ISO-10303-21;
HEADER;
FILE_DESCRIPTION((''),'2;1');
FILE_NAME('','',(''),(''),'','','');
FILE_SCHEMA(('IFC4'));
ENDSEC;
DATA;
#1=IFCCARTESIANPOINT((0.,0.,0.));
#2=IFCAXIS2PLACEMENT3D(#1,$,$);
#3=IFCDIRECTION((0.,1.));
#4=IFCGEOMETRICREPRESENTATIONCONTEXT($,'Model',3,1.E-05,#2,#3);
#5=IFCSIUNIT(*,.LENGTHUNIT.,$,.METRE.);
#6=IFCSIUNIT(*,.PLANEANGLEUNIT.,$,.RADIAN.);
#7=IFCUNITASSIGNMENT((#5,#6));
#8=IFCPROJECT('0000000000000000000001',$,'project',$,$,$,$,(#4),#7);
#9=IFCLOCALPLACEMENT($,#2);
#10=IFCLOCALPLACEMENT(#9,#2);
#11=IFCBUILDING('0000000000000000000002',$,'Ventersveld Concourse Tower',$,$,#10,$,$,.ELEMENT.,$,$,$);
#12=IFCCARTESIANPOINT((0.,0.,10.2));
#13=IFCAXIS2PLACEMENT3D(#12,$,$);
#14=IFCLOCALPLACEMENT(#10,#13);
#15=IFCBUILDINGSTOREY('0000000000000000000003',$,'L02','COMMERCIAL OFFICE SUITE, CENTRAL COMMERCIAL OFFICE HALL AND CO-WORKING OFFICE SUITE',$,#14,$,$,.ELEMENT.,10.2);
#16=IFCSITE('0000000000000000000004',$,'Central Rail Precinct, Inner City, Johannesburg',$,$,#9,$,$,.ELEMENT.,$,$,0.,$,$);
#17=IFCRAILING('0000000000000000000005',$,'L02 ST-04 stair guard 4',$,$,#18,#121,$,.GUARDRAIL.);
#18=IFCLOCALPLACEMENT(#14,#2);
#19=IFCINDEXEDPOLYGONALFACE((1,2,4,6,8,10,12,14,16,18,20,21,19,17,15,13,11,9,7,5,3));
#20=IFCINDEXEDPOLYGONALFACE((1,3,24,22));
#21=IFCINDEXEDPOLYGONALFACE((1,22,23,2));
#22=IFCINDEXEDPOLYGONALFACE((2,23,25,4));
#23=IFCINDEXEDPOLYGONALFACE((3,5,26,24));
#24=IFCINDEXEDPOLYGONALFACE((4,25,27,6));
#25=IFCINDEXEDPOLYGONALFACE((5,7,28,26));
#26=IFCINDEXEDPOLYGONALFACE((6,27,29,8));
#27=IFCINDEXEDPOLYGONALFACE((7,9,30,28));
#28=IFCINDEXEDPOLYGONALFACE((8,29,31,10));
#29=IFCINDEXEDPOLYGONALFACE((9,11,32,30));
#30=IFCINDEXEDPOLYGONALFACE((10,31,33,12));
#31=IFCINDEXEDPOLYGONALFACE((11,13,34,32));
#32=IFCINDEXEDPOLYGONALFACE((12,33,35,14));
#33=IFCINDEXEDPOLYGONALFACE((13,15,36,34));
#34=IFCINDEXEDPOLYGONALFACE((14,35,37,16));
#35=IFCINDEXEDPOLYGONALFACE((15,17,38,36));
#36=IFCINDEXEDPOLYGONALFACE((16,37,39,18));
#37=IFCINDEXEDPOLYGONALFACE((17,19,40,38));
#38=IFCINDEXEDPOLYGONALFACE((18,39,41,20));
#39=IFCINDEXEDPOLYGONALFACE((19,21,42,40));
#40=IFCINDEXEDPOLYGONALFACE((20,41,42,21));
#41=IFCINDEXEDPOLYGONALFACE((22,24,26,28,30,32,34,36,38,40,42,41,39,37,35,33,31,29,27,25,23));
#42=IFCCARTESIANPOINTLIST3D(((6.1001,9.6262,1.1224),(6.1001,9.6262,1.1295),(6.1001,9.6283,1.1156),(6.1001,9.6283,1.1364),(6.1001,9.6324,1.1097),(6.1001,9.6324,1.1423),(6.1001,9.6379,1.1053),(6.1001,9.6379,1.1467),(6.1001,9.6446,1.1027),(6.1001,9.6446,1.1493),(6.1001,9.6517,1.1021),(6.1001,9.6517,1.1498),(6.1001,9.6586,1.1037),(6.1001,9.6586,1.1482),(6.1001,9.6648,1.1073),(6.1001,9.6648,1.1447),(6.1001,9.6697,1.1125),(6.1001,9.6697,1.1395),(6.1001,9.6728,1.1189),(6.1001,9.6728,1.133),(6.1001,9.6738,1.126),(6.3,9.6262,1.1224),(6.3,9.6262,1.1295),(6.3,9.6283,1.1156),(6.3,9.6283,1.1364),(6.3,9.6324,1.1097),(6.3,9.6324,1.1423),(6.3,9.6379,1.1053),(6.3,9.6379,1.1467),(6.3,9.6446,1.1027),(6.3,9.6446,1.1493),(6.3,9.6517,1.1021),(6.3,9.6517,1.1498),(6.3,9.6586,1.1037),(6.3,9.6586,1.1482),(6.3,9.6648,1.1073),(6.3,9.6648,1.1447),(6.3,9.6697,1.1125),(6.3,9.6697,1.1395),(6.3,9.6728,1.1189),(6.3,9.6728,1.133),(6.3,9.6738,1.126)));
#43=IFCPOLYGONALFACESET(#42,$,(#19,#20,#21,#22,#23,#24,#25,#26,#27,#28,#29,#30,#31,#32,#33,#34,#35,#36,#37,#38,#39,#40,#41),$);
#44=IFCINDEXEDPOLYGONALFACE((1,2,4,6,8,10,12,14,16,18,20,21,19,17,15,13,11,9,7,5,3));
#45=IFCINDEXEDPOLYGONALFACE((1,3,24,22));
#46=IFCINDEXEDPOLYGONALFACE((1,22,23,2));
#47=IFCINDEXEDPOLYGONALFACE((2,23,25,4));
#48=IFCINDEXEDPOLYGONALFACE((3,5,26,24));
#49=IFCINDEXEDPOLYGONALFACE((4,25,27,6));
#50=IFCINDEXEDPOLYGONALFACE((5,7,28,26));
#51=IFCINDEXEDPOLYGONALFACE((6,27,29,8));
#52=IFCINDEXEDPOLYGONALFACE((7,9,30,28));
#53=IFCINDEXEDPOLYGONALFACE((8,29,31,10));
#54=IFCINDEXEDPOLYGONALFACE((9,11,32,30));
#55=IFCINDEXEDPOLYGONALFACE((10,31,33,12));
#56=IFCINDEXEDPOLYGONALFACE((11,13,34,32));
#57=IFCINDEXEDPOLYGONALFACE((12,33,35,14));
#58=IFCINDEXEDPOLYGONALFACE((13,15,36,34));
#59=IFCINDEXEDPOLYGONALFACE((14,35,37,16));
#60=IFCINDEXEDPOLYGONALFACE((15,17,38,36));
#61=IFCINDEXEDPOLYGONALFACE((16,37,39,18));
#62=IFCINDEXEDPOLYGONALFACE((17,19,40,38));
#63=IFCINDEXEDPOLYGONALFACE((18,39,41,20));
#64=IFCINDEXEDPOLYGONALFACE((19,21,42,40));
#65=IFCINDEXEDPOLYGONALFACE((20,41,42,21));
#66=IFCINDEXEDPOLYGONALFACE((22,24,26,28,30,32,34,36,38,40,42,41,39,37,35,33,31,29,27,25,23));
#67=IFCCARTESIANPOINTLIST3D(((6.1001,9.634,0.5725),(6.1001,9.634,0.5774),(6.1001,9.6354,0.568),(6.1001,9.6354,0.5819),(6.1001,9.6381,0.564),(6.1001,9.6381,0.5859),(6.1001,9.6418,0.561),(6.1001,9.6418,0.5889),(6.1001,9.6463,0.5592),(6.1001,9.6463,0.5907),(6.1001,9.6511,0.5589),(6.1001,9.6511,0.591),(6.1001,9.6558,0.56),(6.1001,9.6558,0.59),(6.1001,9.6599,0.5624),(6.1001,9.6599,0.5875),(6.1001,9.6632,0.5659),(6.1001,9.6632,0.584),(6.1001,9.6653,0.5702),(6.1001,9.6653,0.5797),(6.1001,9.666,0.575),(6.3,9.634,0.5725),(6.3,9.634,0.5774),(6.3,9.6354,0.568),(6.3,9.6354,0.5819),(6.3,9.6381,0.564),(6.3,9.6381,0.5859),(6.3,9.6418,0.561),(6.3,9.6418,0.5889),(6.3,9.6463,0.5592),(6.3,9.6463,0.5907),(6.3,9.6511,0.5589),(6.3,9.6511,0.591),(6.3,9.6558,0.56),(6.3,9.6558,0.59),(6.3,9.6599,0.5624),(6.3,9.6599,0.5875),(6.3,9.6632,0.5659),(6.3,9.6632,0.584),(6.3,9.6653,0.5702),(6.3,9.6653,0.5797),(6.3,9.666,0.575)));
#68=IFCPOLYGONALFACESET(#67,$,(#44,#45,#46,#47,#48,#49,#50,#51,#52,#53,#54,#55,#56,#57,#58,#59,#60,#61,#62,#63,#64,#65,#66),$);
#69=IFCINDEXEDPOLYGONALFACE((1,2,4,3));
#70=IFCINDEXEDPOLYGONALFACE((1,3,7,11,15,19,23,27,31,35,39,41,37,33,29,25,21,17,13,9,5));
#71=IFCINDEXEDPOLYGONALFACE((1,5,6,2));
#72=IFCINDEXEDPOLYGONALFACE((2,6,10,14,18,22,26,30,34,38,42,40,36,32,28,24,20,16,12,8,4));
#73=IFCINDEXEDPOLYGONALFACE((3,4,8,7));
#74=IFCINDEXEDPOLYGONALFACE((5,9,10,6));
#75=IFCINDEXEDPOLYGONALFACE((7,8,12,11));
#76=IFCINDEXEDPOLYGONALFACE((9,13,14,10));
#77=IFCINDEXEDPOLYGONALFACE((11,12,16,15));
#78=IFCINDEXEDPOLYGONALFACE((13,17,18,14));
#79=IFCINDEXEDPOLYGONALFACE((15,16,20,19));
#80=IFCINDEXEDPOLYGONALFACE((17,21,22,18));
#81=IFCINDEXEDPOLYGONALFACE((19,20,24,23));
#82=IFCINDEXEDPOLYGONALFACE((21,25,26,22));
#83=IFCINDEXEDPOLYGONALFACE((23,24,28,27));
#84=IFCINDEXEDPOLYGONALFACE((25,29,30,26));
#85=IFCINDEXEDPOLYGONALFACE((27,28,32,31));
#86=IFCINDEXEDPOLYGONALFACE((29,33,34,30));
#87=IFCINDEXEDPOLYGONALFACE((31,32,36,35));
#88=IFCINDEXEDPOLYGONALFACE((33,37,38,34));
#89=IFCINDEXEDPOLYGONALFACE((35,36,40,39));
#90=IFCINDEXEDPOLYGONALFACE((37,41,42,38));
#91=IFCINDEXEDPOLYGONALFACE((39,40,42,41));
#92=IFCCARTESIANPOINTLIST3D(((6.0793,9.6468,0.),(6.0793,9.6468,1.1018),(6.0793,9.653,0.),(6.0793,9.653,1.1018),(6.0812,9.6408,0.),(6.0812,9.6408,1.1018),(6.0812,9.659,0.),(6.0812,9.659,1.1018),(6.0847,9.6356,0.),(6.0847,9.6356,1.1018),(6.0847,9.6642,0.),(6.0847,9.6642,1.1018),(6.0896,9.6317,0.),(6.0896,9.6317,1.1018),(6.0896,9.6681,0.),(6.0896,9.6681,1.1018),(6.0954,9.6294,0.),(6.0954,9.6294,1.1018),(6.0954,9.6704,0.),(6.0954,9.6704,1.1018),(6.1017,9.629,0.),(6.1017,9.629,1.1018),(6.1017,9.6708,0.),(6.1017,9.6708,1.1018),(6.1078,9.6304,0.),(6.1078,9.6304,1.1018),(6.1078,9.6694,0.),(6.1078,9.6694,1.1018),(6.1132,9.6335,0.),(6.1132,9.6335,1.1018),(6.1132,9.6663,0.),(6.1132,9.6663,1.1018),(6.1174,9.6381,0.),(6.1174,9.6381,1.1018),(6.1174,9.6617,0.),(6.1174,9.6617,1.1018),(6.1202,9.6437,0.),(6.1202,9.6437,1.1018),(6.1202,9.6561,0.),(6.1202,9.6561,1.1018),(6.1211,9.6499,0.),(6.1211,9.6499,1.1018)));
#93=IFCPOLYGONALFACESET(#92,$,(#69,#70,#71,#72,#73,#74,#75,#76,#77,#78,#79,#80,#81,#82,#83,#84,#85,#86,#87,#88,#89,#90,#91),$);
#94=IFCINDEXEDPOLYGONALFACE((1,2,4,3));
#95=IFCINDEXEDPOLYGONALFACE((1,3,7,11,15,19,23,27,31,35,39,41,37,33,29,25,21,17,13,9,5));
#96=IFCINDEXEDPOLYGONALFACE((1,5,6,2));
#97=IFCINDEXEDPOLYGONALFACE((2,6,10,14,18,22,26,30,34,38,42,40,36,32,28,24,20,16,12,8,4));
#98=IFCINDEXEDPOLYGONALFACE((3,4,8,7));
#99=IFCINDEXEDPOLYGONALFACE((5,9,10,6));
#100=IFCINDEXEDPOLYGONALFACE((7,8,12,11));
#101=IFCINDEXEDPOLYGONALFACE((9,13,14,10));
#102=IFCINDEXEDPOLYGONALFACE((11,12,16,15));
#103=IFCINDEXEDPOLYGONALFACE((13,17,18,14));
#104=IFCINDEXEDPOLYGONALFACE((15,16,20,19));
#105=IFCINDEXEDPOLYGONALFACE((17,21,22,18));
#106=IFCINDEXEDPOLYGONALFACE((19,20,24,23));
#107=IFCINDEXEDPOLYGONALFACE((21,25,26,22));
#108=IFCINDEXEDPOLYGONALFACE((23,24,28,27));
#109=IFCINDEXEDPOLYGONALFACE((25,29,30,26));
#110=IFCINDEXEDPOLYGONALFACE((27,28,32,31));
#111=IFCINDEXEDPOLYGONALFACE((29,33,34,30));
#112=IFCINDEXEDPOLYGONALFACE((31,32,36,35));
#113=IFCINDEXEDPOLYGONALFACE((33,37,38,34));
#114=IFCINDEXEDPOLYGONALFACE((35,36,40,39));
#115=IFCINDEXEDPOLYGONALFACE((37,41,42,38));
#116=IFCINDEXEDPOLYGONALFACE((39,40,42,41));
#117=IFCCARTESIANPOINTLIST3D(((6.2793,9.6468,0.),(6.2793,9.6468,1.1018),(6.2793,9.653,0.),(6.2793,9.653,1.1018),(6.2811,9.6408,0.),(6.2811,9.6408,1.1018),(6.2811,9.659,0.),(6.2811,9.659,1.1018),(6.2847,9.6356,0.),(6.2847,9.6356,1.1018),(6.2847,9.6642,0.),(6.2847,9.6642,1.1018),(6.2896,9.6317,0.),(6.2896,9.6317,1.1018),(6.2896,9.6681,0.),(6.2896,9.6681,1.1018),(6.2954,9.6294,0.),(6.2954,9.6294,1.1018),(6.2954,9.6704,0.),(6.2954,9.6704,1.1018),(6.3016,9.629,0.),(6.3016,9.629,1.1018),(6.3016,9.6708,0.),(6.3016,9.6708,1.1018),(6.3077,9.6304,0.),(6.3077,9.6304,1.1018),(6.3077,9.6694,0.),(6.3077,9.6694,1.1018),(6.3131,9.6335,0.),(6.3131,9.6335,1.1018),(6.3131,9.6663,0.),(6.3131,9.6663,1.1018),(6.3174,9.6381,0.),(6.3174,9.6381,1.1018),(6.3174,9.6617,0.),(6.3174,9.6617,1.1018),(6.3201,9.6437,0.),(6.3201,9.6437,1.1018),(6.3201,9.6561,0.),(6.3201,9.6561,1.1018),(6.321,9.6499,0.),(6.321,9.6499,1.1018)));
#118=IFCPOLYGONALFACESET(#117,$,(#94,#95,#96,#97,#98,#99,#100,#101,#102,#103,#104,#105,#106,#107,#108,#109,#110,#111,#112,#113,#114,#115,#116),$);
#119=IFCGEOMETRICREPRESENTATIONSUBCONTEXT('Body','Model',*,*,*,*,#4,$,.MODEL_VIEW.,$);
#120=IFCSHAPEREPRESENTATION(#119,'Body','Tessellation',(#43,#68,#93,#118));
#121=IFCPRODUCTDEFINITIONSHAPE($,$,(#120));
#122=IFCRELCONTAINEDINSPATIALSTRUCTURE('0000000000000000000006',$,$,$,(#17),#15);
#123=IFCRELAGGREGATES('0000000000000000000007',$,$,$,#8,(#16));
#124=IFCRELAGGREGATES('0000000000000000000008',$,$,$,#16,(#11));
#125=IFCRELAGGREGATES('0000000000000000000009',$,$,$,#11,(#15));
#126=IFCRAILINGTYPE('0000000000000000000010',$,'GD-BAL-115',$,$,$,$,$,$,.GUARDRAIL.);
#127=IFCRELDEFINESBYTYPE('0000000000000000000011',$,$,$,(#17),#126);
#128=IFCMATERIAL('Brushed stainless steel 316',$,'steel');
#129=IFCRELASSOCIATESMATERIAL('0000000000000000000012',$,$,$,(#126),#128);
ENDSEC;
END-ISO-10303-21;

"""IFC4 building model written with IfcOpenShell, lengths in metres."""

from ifc_helpers import new_model, si_unit, direction, frame, origin, origin_2d, place, context, subcontext, project, spatial, circle, extrude, material, type_object, element, save


model = new_model("IFC4")

# Units and contexts
model_context = context("Model", 3, precision=1e-05, world=origin(), true_north=direction((0.0, 1.0)))
body_context = subcontext(model_context, "Body", "Model", "MODEL_VIEW")
ifc_project = project(units=[si_unit("LENGTHUNIT", "METRE"), si_unit("PLANEANGLEUNIT", "RADIAN")], contexts=[model_context])

# Site, building, storey
site_placement = place(None, origin())
site = spatial("IfcSite", under=ifc_project, at=site_placement, Name="Central Rail Precinct, Inner City, Johannesburg", CompositionType="ELEMENT", RefElevation=0.0)
building_placement = place(site_placement, origin())
building = spatial("IfcBuilding", under=site, at=building_placement, Name="Ventersveld Concourse Tower", CompositionType="ELEMENT")
storey_placement = place(building_placement, frame((0.0, 0.0, 10.2)))
storey = spatial("IfcBuildingStorey", under=building, at=storey_placement, Name="L02", Description="COMMERCIAL OFFICE SUITE, CENTRAL COMMERCIAL OFFICE HALL AND CO-WORKING OFFICE SUITE", CompositionType="ELEMENT", Elevation=10.2)

# Railing
ifc_material_1 = material(Name="Brushed stainless steel 316", Category="steel")
railing_type_1 = type_object("IfcRailingType", Name="GD-BAL-115", PredefinedType="GUARDRAIL", material=ifc_material_1)
railing_1_placement = place(storey_placement, frame((6.1001, 9.6499, 0.0)))
element("IfcRailing", 1, at=railing_1_placement, inside=storey, type_object=railing_type_1, Name="L02 ST-04 stair guard 4", PredefinedType="GUARDRAIL", context=body_context, shape_type="SweptSolid", body=[
    extrude(circle(Radius=0.0239, at=origin_2d()), frame((0.0, 0.0, 1.126), z_axis=(1.0, 0.0, 0.0), x_axis=(0.0, 1.0, 0.0)), (0.0, 0.0, 1.0), 0.2),
    extrude(circle(Radius=0.0161, at=origin_2d()), frame((0.0, 0.0, 0.575), z_axis=(1.0, 0.0, 0.0), x_axis=(0.0, 1.0, 0.0)), (0.0, 0.0, 1.0), 0.2),
    extrude(circle(Radius=0.021, at=origin_2d()), origin(), (0.0, 0.0, 1.0), 1.1018),
    extrude(circle(Radius=0.021, at=origin_2d()), frame((0.2, 0.0, 0.0)), (0.0, 0.0, 1.0), 1.1018),
])

save(model, "model.ifc")
